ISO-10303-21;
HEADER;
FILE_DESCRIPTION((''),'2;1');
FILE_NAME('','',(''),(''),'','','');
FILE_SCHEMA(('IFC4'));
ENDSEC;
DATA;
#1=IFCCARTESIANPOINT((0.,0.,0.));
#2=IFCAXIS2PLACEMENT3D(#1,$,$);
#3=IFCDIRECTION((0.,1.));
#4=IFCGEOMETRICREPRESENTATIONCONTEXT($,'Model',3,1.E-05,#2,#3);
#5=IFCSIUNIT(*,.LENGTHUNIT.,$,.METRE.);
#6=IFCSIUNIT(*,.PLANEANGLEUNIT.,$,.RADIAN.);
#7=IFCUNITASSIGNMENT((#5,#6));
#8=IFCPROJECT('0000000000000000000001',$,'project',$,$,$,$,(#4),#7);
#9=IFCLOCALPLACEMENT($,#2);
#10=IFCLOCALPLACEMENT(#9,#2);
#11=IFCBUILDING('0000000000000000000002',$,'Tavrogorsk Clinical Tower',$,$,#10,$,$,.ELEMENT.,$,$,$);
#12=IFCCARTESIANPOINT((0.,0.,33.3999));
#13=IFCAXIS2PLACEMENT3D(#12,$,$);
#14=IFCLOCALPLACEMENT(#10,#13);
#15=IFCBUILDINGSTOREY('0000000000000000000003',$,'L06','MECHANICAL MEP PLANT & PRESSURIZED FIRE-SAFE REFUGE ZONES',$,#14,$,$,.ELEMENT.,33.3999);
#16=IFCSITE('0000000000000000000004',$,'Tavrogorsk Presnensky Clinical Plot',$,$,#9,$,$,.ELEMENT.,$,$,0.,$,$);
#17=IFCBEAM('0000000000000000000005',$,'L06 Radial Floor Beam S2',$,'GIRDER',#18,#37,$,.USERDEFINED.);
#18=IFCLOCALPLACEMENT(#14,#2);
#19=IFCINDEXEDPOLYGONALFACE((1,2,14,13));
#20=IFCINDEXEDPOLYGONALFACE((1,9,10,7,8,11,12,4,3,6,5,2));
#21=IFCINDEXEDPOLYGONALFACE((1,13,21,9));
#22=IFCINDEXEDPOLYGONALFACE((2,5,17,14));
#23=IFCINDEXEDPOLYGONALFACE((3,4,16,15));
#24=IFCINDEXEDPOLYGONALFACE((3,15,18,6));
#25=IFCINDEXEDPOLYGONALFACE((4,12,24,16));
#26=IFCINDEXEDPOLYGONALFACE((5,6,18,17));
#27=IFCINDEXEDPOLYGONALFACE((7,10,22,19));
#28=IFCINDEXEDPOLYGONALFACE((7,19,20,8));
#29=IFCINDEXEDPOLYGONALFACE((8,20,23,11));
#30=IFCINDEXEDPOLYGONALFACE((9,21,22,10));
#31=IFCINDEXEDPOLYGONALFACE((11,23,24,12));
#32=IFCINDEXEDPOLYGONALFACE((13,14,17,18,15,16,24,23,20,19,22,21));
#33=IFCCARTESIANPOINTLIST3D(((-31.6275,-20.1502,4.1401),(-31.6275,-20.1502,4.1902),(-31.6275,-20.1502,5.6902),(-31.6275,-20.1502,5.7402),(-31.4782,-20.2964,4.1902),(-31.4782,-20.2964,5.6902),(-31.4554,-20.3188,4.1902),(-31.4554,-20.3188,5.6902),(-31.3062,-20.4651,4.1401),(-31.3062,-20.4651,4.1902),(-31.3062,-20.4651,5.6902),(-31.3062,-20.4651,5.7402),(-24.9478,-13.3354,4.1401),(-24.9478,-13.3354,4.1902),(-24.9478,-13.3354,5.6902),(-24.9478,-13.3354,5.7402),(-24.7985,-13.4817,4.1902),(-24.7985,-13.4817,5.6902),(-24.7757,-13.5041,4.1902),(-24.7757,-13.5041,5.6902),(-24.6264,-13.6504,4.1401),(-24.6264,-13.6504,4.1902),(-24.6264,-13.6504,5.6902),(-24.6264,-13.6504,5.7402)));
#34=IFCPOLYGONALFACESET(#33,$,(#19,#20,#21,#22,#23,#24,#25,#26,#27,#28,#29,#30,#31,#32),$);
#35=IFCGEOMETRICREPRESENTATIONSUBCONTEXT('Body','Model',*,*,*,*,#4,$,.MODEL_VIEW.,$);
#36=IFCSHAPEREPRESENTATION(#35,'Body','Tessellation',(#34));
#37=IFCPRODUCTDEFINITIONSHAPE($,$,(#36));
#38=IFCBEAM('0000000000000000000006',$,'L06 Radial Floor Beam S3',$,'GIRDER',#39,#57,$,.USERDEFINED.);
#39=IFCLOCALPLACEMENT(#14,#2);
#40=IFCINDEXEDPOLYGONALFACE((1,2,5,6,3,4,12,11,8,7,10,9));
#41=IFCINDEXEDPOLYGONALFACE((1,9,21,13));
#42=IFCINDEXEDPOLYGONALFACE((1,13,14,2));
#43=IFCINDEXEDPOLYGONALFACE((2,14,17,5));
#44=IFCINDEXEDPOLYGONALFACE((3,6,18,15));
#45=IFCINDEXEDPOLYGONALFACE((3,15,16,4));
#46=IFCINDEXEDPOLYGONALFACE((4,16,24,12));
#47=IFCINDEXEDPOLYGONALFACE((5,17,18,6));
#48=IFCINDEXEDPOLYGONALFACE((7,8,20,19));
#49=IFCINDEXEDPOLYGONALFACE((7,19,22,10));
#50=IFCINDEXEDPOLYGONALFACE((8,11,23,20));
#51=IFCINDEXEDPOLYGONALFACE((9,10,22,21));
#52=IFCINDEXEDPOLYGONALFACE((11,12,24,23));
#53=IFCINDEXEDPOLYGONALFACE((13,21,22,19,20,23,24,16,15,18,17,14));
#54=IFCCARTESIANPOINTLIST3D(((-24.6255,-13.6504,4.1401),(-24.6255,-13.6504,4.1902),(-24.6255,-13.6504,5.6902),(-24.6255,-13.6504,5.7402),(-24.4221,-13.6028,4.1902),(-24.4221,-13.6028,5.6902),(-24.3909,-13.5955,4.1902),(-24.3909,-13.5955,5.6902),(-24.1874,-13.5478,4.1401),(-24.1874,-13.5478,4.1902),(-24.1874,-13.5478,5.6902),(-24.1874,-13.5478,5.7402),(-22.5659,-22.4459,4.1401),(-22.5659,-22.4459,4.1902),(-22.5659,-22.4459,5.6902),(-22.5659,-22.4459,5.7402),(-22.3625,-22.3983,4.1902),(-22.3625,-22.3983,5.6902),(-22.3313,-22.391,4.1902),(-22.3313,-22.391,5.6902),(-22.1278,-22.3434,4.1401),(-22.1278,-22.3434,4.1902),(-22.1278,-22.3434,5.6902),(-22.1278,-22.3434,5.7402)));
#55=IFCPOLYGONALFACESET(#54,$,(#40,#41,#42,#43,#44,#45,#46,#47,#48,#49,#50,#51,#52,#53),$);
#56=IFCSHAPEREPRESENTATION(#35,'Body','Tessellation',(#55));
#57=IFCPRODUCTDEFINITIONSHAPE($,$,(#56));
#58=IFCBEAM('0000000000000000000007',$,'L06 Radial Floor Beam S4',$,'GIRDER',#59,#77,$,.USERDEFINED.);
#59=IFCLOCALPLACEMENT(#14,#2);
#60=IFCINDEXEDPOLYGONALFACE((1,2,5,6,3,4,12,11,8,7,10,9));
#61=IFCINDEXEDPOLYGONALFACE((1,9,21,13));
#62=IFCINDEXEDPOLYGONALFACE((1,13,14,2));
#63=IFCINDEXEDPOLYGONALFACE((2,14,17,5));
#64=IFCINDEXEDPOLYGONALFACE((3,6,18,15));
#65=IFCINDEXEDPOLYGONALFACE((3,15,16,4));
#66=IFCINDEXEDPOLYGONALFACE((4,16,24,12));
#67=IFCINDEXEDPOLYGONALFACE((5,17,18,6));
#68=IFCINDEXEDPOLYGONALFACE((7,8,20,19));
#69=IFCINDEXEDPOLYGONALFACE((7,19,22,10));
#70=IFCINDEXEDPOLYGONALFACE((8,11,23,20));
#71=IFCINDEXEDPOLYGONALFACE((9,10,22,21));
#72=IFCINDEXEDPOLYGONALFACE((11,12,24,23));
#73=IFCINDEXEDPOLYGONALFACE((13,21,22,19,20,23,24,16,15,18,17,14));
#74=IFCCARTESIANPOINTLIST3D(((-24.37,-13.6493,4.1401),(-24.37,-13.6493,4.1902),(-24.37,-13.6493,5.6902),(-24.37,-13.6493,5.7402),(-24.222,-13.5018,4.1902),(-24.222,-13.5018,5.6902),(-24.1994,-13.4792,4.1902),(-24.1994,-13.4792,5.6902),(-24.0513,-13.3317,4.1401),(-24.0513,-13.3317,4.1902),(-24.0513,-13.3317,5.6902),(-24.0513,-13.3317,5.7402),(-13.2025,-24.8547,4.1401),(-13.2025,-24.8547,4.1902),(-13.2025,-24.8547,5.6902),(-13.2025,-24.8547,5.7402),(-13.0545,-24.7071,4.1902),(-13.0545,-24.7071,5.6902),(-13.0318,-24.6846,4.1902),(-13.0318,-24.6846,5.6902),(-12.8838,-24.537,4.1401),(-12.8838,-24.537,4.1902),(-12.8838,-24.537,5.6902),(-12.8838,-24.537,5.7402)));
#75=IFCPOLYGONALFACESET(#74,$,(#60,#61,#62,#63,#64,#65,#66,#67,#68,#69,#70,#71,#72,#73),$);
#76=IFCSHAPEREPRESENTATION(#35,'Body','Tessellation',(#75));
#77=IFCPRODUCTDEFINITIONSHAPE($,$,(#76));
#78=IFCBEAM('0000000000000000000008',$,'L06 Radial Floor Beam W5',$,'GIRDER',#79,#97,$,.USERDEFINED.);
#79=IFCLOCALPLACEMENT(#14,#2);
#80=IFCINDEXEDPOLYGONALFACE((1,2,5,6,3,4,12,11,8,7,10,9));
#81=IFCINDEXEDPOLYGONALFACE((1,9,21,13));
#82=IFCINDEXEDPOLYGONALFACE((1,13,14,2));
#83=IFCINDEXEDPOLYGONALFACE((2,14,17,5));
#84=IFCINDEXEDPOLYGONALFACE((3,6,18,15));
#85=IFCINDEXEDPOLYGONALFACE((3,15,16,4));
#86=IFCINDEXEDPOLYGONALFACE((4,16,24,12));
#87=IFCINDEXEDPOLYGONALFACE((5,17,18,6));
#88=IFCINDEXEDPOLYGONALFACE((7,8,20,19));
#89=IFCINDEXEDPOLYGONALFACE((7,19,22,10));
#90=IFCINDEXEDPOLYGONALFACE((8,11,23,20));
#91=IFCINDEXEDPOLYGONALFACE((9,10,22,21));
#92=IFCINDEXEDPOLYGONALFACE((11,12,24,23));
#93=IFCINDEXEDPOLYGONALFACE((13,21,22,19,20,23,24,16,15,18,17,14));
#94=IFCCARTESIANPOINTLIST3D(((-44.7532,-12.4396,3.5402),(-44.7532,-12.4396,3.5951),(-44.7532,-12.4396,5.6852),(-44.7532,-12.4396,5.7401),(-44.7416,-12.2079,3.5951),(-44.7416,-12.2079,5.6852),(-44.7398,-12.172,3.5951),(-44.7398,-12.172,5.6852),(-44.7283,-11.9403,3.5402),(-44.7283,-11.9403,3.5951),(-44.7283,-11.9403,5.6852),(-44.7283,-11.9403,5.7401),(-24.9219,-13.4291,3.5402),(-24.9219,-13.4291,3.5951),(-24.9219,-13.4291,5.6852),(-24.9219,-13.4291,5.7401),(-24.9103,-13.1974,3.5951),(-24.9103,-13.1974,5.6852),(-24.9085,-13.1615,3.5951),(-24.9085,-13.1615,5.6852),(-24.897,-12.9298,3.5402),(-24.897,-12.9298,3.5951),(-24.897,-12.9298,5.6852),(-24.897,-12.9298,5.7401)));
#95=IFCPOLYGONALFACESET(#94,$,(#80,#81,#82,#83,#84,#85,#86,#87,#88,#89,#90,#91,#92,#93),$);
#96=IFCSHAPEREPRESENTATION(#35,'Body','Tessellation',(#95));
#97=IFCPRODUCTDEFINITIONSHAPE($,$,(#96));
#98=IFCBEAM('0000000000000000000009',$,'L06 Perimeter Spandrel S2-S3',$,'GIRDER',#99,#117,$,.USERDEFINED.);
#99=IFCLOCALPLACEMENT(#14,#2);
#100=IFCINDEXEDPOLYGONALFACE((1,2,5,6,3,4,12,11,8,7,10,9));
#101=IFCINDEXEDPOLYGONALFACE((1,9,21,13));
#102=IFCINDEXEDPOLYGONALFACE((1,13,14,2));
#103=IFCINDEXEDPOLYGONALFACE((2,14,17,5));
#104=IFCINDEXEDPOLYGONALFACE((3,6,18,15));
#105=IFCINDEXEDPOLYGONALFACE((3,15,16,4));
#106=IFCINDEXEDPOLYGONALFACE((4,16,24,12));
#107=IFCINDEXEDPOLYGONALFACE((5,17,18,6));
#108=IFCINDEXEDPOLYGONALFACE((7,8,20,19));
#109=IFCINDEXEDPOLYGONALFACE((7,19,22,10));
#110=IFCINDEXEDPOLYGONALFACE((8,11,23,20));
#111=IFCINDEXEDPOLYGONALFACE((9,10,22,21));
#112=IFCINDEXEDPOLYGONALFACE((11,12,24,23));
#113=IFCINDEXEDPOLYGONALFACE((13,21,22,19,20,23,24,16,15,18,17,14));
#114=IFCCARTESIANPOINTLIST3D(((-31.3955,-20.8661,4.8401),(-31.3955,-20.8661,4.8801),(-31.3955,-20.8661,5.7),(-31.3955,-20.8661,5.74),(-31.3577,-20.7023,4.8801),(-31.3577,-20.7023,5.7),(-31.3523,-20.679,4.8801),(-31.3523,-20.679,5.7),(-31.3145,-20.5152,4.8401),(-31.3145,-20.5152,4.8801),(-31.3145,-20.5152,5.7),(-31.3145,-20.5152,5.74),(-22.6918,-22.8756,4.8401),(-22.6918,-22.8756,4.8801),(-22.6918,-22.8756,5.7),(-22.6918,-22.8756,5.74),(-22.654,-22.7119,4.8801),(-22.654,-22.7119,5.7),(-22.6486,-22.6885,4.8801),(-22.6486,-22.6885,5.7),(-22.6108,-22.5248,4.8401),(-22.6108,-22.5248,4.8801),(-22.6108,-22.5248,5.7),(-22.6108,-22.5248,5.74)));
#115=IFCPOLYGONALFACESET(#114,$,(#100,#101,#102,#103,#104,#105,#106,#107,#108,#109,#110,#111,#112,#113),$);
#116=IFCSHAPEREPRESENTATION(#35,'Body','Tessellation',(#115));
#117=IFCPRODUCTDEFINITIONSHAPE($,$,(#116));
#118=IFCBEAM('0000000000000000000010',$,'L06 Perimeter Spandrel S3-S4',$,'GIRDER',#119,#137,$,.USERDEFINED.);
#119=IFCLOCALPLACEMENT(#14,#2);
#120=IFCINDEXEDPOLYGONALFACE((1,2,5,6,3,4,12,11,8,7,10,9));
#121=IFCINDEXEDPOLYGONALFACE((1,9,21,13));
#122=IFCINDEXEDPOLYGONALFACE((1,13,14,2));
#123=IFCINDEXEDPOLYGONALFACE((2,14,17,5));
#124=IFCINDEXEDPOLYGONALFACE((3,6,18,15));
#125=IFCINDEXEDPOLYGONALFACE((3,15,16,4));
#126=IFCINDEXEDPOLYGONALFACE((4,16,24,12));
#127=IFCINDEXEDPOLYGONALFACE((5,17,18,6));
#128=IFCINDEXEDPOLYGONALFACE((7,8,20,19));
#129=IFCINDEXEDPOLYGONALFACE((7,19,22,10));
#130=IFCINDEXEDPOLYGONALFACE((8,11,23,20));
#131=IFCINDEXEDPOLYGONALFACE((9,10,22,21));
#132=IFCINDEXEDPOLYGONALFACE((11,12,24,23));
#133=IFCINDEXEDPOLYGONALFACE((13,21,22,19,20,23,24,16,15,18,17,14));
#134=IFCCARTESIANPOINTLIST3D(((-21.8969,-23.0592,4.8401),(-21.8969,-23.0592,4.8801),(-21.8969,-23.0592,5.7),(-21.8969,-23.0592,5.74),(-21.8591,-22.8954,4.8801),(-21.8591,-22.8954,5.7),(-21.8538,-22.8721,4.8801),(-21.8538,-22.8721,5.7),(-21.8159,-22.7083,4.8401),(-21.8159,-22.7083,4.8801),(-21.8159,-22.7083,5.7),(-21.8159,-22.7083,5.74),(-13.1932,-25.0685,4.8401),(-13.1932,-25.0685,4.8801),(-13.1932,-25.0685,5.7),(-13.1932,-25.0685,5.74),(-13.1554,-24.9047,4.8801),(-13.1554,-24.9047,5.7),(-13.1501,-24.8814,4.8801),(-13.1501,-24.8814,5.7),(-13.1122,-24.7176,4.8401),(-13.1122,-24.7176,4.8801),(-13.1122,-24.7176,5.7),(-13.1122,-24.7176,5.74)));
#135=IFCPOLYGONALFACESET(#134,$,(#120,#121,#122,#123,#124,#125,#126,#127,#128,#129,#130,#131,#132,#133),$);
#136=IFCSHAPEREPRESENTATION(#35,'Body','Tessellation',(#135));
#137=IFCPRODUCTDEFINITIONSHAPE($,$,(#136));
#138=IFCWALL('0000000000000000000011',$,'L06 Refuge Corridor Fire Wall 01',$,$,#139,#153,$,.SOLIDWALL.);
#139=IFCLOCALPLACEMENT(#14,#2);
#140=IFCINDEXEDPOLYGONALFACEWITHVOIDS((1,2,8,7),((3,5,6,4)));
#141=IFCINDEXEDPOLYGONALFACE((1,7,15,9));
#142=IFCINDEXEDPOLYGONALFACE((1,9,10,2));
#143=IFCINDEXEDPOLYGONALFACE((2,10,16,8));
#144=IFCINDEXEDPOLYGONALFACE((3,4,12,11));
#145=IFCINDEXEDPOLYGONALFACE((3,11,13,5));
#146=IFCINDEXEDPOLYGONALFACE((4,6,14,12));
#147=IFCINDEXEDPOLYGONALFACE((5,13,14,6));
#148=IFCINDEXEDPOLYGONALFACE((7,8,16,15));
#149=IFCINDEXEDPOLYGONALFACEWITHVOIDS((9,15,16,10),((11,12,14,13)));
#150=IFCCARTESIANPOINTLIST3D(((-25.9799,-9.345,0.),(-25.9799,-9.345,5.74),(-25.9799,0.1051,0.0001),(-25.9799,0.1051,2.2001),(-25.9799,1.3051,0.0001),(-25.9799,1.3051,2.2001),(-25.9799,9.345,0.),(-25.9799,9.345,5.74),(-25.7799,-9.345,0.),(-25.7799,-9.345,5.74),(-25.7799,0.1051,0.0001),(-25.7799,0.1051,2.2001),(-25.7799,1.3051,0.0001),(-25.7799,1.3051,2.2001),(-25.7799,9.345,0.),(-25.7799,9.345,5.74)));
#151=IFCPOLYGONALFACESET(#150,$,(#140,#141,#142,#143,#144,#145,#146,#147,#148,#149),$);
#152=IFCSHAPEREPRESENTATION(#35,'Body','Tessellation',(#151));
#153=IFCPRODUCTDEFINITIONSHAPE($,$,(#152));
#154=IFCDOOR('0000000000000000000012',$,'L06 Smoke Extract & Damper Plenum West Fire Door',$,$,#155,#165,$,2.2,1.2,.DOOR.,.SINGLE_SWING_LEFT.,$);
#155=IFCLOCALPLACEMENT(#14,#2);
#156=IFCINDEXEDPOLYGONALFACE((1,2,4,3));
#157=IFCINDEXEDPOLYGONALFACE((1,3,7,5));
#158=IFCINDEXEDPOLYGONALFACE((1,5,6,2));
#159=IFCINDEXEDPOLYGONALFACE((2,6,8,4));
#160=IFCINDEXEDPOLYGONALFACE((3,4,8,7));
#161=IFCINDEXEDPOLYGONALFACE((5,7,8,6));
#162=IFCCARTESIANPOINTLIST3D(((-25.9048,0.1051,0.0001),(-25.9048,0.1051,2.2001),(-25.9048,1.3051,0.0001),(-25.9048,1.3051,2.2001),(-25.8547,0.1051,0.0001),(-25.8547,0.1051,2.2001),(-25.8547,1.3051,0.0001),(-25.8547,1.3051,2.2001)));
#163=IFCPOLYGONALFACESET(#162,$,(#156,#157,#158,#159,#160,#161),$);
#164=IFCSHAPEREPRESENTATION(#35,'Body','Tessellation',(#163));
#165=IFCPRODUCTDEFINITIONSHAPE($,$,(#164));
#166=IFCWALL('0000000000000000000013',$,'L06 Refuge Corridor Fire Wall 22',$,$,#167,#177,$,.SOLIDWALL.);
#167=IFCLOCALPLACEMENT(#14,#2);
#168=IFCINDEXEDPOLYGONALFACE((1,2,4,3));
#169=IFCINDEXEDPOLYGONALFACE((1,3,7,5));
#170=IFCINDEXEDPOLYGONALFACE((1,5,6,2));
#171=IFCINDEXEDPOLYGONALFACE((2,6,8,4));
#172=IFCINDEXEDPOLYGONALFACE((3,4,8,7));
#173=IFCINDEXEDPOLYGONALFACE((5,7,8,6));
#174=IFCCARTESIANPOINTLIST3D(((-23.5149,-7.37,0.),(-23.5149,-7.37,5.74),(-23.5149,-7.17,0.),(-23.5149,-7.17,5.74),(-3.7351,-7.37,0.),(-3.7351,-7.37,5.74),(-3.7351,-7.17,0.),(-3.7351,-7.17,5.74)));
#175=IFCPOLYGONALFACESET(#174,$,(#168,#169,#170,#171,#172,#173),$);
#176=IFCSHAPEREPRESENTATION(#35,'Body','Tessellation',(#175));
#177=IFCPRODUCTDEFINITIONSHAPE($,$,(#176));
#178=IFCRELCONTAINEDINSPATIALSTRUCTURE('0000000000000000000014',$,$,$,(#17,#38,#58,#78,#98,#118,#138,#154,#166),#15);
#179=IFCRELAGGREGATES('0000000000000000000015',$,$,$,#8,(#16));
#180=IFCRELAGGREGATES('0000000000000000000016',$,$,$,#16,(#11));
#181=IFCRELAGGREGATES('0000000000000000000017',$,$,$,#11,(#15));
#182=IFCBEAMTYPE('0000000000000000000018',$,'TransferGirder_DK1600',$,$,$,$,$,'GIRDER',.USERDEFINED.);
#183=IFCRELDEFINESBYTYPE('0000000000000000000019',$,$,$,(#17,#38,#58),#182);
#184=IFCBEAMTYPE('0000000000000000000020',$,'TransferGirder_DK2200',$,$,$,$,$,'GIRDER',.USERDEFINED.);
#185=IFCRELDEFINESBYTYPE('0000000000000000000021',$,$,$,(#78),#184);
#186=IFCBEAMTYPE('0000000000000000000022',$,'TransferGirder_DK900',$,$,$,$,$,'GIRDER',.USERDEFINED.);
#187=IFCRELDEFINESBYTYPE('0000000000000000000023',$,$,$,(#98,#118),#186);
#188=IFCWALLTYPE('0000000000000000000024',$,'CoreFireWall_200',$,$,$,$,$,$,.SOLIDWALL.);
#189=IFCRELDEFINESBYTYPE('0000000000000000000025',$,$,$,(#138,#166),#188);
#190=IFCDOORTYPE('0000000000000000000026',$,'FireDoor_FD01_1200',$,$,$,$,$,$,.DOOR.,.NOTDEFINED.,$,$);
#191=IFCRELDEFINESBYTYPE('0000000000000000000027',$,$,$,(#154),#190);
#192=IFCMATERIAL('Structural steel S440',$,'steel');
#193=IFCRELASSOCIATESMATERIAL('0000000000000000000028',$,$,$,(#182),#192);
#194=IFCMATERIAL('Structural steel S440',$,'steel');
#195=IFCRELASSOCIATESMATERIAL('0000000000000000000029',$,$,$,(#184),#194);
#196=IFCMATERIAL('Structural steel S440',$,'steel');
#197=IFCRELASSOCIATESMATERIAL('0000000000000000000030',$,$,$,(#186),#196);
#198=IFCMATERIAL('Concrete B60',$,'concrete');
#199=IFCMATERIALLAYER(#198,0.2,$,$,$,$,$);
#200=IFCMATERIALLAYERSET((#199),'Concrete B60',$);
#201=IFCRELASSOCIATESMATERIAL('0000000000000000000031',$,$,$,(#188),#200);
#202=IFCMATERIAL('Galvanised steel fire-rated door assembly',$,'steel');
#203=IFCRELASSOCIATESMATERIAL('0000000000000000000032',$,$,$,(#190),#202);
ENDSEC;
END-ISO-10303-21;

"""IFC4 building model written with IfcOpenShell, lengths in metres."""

from ifc_helpers import new_model, si_unit, direction, frame, frame_2d, origin, origin_2d, place, context, subcontext, project, spatial, rectangle, i_section, extrude, material, layer, layer_set, material_profile, profile_set, type_object, element, fill, save


model = new_model("IFC4")

# Units and contexts
model_context = context("Model", 3, precision=1e-05, world=origin(), true_north=direction((0.0, 1.0)))
body_context = subcontext(model_context, "Body", "Model", "MODEL_VIEW")
ifc_project = project(units=[si_unit("LENGTHUNIT", "METRE"), si_unit("PLANEANGLEUNIT", "RADIAN")], contexts=[model_context])

# Site, building, storey
site_placement = place(None, origin())
site = spatial("IfcSite", under=ifc_project, at=site_placement, Name="Tavrogorsk Presnensky Clinical Plot", CompositionType="ELEMENT", RefElevation=0.0)
building_placement = place(site_placement, origin())
building = spatial("IfcBuilding", under=site, at=building_placement, Name="Tavrogorsk Clinical Tower", CompositionType="ELEMENT")
storey_placement = place(building_placement, frame((0.0, 0.0, 33.3999)))
storey = spatial("IfcBuildingStorey", under=building, at=storey_placement, Name="L06", Description="MECHANICAL MEP PLANT & PRESSURIZED FIRE-SAFE REFUGE ZONES", CompositionType="ELEMENT", Elevation=33.3999)

# Beams
ifc_material_1 = material(Name="Structural steel S440", Category="steel")
ifc_material_profile_1 = material_profile(ifc_material_1, i_section(OverallWidth=0.45, OverallDepth=1.6001, WebThickness=0.032, FlangeThickness=0.05, at=origin_2d()), Name="DK-1600x450x32x50")
ifc_profile_set_1 = profile_set([ifc_material_profile_1], Name="Structural steel S440")
beam_type_1 = type_object("IfcBeamType", Name="TransferGirder_DK1600", ElementType="GIRDER", PredefinedType="USERDEFINED", material=ifc_profile_set_1)
beam_1_placement = place(storey_placement, frame((-24.7871, -13.4929, 4.9402), z_axis=(-0.699997, -0.714146, 0.0), x_axis=(0.714146, -0.699997, 0.0)))
element("IfcBeam", 1, at=beam_1_placement, inside=storey, type_object=beam_type_1, Name="L06 Radial Floor Beam S2", ObjectType="GIRDER", PredefinedType="USERDEFINED", context=body_context, shape_type="SweptSolid", body=[
    extrude(i_section(OverallWidth=0.45, OverallDepth=1.6001, WebThickness=0.032, FlangeThickness=0.05, at=origin_2d()), origin(), (0.0, 0.0, 1.0), 9.5425),
])
beam_2_placement = place(storey_placement, frame((-24.4065, -13.5991, 4.9402), z_axis=(0.227997, -0.973662, 0.0), x_axis=(0.973662, 0.227997, 0.0)))
element("IfcBeam", 2, at=beam_2_placement, inside=storey, type_object=beam_type_1, Name="L06 Radial Floor Beam S3", ObjectType="GIRDER", PredefinedType="USERDEFINED", context=body_context, shape_type="SweptSolid", body=[
    extrude(i_section(OverallWidth=0.45, OverallDepth=1.6001, WebThickness=0.032, FlangeThickness=0.05, at=origin_2d()), origin(), (0.0, 0.0, 1.0), 9.0334),
])
beam_3_placement = place(storey_placement, frame((-24.2107, -13.4905, 4.9402), z_axis=(0.70591, -0.708302, 0.0), x_axis=(0.708302, 0.70591, 0.0)))
element("IfcBeam", 3, at=beam_3_placement, inside=storey, type_object=beam_type_1, Name="L06 Radial Floor Beam S4", ObjectType="GIRDER", PredefinedType="USERDEFINED", context=body_context, shape_type="SweptSolid", body=[
    extrude(i_section(OverallWidth=0.45, OverallDepth=1.6001, WebThickness=0.032, FlangeThickness=0.05, at=origin_2d()), origin(), (0.0, 0.0, 1.0), 15.8201),
])
ifc_material_2 = material(Name="Structural steel S440", Category="steel")
ifc_material_profile_2 = material_profile(ifc_material_2, i_section(OverallWidth=0.5, OverallDepth=2.2, WebThickness=0.0359, FlangeThickness=0.0549, at=origin_2d()), Name="DK-2200x500x36x55")
ifc_profile_set_2 = profile_set([ifc_material_profile_2], Name="Structural steel S440")
beam_type_2 = type_object("IfcBeamType", Name="TransferGirder_DK2200", ElementType="GIRDER", PredefinedType="USERDEFINED", material=ifc_profile_set_2)
beam_4_placement = place(storey_placement, frame((-24.9094, -13.1794, 4.6401), z_axis=(-0.998758, 0.049834, 0.0), x_axis=(-0.049834, -0.998758, 0.0)))
element("IfcBeam", 4, at=beam_4_placement, inside=storey, type_object=beam_type_2, Name="L06 Radial Floor Beam W5", ObjectType="GIRDER", PredefinedType="USERDEFINED", context=body_context, shape_type="SweptSolid", body=[
    extrude(i_section(OverallWidth=0.5, OverallDepth=2.2, WebThickness=0.0359, FlangeThickness=0.0549, at=origin_2d()), origin(), (0.0, 0.0, 1.0), 19.856),
])
ifc_material_3 = material(Name="Structural steel S440", Category="steel")
ifc_material_profile_3 = material_profile(ifc_material_3, i_section(OverallWidth=0.3601, OverallDepth=0.8999, WebThickness=0.0239, FlangeThickness=0.04, at=origin_2d()), Name="DK-900x360x24x40")
ifc_profile_set_3 = profile_set([ifc_material_profile_3], Name="Structural steel S440")
beam_type_3 = type_object("IfcBeamType", Name="TransferGirder_DK900", ElementType="GIRDER", PredefinedType="USERDEFINED", material=ifc_profile_set_3)
for number, where, z_axis, x_axis, name in (
    (5, (-31.355, -20.6907, 5.29), (0.974367, -0.224965, 0.0), (0.224965, 0.974367, 0.0), "L06 Perimeter Spandrel S2-S3"),
    (6, (-21.8564, -22.8838, 5.29), (0.974373, -0.224939, 0.0), (0.224939, 0.974373, 0.0), "L06 Perimeter Spandrel S3-S4"),
):
    element("IfcBeam", number, at=place(storey_placement, frame(where, z_axis=z_axis, x_axis=x_axis)), inside=storey, type_object=beam_type_3, Name=name, ObjectType="GIRDER", PredefinedType="USERDEFINED", context=body_context, shape_type="SweptSolid", body=[
        extrude(i_section(OverallWidth=0.3601, OverallDepth=0.8999, WebThickness=0.0239, FlangeThickness=0.04, at=origin_2d()), origin(), (0.0, 0.0, 1.0), 8.9326),
    ])

# Wall, opening, door
ifc_material_4 = material(Name="Concrete B60", Category="concrete")
ifc_layer_1 = layer(ifc_material_4, 0.2)
ifc_layer_set_1 = layer_set([ifc_layer_1], Name="Concrete B60")
wall_type_1 = type_object("IfcWallType", Name="CoreFireWall_200", PredefinedType="SOLIDWALL", material=ifc_layer_set_1)
wall_1_placement = place(storey_placement, frame((-25.8799, -9.345, 0.0), z_axis=(0.0, 0.0, 1.0), x_axis=(0.0, 1.0, 0.0)))
wall_1 = element("IfcWall", 7, at=wall_1_placement, inside=storey, type_object=wall_type_1, Name="L06 Refuge Corridor Fire Wall 01", PredefinedType="SOLIDWALL", context=body_context, shape_type="SweptSolid", body=[
    extrude(rectangle(XDim=18.6899, YDim=0.2, at=frame_2d((9.345, 0.0))), origin(), (0.0, 0.0, 1.0), 5.74),
])
opening_placement = place(wall_1_placement, frame((9.45, 0.0, 0.0)))
opening = element("IfcOpeningElement", 8, at=opening_placement, cuts=wall_1, PredefinedType="OPENING", context=body_context, shape_type="SweptSolid", body=[
    extrude(rectangle(XDim=1.2, YDim=2.2, at=frame_2d((0.6001, 1.1001))), frame((0.0, 0.1099, 0.0), z_axis=(0.0, -1.0, 0.0), x_axis=(1.0, 0.0, 0.0)), (0.0, 0.0, 1.0), 0.22),
])
ifc_material_5 = material(Name="Galvanised steel fire-rated door assembly", Category="steel")
door_type = type_object("IfcDoorType", Name="FireDoor_FD01_1200", OperationType="NOTDEFINED", PredefinedType="DOOR", material=ifc_material_5)
door_placement = place(opening_placement, origin())
door = element("IfcDoor", 9, at=door_placement, inside=storey, type_object=door_type, Name="L06 Smoke Extract & Damper Plenum West Fire Door", OperationType="SINGLE_SWING_LEFT", OverallHeight=2.2, OverallWidth=1.2, PredefinedType="DOOR", context=body_context, shape_type="SweptSolid", body=[
    extrude(rectangle(XDim=1.2, YDim=2.2, at=frame_2d((0.6001, 1.1001))), frame((0.0, 0.0249, 0.0), z_axis=(0.0, -1.0, 0.0), x_axis=(1.0, 0.0, 0.0)), (0.0, 0.0, 1.0), 0.05),
])
fill(opening, door)

# Wall
wall_2_placement = place(storey_placement, frame((-23.5149, -7.27, 0.0), z_axis=(0.0, 0.0, 1.0), x_axis=(1.0, 0.0, 0.0)))
element("IfcWall", 10, at=wall_2_placement, inside=storey, type_object=wall_type_1, Name="L06 Refuge Corridor Fire Wall 22", PredefinedType="SOLIDWALL", context=body_context, shape_type="SweptSolid", body=[
    extrude(rectangle(XDim=19.7798, YDim=0.2, at=frame_2d((9.8899, 0.0))), origin(), (0.0, 0.0, 1.0), 5.74),
])

save(model, "model.ifc")
